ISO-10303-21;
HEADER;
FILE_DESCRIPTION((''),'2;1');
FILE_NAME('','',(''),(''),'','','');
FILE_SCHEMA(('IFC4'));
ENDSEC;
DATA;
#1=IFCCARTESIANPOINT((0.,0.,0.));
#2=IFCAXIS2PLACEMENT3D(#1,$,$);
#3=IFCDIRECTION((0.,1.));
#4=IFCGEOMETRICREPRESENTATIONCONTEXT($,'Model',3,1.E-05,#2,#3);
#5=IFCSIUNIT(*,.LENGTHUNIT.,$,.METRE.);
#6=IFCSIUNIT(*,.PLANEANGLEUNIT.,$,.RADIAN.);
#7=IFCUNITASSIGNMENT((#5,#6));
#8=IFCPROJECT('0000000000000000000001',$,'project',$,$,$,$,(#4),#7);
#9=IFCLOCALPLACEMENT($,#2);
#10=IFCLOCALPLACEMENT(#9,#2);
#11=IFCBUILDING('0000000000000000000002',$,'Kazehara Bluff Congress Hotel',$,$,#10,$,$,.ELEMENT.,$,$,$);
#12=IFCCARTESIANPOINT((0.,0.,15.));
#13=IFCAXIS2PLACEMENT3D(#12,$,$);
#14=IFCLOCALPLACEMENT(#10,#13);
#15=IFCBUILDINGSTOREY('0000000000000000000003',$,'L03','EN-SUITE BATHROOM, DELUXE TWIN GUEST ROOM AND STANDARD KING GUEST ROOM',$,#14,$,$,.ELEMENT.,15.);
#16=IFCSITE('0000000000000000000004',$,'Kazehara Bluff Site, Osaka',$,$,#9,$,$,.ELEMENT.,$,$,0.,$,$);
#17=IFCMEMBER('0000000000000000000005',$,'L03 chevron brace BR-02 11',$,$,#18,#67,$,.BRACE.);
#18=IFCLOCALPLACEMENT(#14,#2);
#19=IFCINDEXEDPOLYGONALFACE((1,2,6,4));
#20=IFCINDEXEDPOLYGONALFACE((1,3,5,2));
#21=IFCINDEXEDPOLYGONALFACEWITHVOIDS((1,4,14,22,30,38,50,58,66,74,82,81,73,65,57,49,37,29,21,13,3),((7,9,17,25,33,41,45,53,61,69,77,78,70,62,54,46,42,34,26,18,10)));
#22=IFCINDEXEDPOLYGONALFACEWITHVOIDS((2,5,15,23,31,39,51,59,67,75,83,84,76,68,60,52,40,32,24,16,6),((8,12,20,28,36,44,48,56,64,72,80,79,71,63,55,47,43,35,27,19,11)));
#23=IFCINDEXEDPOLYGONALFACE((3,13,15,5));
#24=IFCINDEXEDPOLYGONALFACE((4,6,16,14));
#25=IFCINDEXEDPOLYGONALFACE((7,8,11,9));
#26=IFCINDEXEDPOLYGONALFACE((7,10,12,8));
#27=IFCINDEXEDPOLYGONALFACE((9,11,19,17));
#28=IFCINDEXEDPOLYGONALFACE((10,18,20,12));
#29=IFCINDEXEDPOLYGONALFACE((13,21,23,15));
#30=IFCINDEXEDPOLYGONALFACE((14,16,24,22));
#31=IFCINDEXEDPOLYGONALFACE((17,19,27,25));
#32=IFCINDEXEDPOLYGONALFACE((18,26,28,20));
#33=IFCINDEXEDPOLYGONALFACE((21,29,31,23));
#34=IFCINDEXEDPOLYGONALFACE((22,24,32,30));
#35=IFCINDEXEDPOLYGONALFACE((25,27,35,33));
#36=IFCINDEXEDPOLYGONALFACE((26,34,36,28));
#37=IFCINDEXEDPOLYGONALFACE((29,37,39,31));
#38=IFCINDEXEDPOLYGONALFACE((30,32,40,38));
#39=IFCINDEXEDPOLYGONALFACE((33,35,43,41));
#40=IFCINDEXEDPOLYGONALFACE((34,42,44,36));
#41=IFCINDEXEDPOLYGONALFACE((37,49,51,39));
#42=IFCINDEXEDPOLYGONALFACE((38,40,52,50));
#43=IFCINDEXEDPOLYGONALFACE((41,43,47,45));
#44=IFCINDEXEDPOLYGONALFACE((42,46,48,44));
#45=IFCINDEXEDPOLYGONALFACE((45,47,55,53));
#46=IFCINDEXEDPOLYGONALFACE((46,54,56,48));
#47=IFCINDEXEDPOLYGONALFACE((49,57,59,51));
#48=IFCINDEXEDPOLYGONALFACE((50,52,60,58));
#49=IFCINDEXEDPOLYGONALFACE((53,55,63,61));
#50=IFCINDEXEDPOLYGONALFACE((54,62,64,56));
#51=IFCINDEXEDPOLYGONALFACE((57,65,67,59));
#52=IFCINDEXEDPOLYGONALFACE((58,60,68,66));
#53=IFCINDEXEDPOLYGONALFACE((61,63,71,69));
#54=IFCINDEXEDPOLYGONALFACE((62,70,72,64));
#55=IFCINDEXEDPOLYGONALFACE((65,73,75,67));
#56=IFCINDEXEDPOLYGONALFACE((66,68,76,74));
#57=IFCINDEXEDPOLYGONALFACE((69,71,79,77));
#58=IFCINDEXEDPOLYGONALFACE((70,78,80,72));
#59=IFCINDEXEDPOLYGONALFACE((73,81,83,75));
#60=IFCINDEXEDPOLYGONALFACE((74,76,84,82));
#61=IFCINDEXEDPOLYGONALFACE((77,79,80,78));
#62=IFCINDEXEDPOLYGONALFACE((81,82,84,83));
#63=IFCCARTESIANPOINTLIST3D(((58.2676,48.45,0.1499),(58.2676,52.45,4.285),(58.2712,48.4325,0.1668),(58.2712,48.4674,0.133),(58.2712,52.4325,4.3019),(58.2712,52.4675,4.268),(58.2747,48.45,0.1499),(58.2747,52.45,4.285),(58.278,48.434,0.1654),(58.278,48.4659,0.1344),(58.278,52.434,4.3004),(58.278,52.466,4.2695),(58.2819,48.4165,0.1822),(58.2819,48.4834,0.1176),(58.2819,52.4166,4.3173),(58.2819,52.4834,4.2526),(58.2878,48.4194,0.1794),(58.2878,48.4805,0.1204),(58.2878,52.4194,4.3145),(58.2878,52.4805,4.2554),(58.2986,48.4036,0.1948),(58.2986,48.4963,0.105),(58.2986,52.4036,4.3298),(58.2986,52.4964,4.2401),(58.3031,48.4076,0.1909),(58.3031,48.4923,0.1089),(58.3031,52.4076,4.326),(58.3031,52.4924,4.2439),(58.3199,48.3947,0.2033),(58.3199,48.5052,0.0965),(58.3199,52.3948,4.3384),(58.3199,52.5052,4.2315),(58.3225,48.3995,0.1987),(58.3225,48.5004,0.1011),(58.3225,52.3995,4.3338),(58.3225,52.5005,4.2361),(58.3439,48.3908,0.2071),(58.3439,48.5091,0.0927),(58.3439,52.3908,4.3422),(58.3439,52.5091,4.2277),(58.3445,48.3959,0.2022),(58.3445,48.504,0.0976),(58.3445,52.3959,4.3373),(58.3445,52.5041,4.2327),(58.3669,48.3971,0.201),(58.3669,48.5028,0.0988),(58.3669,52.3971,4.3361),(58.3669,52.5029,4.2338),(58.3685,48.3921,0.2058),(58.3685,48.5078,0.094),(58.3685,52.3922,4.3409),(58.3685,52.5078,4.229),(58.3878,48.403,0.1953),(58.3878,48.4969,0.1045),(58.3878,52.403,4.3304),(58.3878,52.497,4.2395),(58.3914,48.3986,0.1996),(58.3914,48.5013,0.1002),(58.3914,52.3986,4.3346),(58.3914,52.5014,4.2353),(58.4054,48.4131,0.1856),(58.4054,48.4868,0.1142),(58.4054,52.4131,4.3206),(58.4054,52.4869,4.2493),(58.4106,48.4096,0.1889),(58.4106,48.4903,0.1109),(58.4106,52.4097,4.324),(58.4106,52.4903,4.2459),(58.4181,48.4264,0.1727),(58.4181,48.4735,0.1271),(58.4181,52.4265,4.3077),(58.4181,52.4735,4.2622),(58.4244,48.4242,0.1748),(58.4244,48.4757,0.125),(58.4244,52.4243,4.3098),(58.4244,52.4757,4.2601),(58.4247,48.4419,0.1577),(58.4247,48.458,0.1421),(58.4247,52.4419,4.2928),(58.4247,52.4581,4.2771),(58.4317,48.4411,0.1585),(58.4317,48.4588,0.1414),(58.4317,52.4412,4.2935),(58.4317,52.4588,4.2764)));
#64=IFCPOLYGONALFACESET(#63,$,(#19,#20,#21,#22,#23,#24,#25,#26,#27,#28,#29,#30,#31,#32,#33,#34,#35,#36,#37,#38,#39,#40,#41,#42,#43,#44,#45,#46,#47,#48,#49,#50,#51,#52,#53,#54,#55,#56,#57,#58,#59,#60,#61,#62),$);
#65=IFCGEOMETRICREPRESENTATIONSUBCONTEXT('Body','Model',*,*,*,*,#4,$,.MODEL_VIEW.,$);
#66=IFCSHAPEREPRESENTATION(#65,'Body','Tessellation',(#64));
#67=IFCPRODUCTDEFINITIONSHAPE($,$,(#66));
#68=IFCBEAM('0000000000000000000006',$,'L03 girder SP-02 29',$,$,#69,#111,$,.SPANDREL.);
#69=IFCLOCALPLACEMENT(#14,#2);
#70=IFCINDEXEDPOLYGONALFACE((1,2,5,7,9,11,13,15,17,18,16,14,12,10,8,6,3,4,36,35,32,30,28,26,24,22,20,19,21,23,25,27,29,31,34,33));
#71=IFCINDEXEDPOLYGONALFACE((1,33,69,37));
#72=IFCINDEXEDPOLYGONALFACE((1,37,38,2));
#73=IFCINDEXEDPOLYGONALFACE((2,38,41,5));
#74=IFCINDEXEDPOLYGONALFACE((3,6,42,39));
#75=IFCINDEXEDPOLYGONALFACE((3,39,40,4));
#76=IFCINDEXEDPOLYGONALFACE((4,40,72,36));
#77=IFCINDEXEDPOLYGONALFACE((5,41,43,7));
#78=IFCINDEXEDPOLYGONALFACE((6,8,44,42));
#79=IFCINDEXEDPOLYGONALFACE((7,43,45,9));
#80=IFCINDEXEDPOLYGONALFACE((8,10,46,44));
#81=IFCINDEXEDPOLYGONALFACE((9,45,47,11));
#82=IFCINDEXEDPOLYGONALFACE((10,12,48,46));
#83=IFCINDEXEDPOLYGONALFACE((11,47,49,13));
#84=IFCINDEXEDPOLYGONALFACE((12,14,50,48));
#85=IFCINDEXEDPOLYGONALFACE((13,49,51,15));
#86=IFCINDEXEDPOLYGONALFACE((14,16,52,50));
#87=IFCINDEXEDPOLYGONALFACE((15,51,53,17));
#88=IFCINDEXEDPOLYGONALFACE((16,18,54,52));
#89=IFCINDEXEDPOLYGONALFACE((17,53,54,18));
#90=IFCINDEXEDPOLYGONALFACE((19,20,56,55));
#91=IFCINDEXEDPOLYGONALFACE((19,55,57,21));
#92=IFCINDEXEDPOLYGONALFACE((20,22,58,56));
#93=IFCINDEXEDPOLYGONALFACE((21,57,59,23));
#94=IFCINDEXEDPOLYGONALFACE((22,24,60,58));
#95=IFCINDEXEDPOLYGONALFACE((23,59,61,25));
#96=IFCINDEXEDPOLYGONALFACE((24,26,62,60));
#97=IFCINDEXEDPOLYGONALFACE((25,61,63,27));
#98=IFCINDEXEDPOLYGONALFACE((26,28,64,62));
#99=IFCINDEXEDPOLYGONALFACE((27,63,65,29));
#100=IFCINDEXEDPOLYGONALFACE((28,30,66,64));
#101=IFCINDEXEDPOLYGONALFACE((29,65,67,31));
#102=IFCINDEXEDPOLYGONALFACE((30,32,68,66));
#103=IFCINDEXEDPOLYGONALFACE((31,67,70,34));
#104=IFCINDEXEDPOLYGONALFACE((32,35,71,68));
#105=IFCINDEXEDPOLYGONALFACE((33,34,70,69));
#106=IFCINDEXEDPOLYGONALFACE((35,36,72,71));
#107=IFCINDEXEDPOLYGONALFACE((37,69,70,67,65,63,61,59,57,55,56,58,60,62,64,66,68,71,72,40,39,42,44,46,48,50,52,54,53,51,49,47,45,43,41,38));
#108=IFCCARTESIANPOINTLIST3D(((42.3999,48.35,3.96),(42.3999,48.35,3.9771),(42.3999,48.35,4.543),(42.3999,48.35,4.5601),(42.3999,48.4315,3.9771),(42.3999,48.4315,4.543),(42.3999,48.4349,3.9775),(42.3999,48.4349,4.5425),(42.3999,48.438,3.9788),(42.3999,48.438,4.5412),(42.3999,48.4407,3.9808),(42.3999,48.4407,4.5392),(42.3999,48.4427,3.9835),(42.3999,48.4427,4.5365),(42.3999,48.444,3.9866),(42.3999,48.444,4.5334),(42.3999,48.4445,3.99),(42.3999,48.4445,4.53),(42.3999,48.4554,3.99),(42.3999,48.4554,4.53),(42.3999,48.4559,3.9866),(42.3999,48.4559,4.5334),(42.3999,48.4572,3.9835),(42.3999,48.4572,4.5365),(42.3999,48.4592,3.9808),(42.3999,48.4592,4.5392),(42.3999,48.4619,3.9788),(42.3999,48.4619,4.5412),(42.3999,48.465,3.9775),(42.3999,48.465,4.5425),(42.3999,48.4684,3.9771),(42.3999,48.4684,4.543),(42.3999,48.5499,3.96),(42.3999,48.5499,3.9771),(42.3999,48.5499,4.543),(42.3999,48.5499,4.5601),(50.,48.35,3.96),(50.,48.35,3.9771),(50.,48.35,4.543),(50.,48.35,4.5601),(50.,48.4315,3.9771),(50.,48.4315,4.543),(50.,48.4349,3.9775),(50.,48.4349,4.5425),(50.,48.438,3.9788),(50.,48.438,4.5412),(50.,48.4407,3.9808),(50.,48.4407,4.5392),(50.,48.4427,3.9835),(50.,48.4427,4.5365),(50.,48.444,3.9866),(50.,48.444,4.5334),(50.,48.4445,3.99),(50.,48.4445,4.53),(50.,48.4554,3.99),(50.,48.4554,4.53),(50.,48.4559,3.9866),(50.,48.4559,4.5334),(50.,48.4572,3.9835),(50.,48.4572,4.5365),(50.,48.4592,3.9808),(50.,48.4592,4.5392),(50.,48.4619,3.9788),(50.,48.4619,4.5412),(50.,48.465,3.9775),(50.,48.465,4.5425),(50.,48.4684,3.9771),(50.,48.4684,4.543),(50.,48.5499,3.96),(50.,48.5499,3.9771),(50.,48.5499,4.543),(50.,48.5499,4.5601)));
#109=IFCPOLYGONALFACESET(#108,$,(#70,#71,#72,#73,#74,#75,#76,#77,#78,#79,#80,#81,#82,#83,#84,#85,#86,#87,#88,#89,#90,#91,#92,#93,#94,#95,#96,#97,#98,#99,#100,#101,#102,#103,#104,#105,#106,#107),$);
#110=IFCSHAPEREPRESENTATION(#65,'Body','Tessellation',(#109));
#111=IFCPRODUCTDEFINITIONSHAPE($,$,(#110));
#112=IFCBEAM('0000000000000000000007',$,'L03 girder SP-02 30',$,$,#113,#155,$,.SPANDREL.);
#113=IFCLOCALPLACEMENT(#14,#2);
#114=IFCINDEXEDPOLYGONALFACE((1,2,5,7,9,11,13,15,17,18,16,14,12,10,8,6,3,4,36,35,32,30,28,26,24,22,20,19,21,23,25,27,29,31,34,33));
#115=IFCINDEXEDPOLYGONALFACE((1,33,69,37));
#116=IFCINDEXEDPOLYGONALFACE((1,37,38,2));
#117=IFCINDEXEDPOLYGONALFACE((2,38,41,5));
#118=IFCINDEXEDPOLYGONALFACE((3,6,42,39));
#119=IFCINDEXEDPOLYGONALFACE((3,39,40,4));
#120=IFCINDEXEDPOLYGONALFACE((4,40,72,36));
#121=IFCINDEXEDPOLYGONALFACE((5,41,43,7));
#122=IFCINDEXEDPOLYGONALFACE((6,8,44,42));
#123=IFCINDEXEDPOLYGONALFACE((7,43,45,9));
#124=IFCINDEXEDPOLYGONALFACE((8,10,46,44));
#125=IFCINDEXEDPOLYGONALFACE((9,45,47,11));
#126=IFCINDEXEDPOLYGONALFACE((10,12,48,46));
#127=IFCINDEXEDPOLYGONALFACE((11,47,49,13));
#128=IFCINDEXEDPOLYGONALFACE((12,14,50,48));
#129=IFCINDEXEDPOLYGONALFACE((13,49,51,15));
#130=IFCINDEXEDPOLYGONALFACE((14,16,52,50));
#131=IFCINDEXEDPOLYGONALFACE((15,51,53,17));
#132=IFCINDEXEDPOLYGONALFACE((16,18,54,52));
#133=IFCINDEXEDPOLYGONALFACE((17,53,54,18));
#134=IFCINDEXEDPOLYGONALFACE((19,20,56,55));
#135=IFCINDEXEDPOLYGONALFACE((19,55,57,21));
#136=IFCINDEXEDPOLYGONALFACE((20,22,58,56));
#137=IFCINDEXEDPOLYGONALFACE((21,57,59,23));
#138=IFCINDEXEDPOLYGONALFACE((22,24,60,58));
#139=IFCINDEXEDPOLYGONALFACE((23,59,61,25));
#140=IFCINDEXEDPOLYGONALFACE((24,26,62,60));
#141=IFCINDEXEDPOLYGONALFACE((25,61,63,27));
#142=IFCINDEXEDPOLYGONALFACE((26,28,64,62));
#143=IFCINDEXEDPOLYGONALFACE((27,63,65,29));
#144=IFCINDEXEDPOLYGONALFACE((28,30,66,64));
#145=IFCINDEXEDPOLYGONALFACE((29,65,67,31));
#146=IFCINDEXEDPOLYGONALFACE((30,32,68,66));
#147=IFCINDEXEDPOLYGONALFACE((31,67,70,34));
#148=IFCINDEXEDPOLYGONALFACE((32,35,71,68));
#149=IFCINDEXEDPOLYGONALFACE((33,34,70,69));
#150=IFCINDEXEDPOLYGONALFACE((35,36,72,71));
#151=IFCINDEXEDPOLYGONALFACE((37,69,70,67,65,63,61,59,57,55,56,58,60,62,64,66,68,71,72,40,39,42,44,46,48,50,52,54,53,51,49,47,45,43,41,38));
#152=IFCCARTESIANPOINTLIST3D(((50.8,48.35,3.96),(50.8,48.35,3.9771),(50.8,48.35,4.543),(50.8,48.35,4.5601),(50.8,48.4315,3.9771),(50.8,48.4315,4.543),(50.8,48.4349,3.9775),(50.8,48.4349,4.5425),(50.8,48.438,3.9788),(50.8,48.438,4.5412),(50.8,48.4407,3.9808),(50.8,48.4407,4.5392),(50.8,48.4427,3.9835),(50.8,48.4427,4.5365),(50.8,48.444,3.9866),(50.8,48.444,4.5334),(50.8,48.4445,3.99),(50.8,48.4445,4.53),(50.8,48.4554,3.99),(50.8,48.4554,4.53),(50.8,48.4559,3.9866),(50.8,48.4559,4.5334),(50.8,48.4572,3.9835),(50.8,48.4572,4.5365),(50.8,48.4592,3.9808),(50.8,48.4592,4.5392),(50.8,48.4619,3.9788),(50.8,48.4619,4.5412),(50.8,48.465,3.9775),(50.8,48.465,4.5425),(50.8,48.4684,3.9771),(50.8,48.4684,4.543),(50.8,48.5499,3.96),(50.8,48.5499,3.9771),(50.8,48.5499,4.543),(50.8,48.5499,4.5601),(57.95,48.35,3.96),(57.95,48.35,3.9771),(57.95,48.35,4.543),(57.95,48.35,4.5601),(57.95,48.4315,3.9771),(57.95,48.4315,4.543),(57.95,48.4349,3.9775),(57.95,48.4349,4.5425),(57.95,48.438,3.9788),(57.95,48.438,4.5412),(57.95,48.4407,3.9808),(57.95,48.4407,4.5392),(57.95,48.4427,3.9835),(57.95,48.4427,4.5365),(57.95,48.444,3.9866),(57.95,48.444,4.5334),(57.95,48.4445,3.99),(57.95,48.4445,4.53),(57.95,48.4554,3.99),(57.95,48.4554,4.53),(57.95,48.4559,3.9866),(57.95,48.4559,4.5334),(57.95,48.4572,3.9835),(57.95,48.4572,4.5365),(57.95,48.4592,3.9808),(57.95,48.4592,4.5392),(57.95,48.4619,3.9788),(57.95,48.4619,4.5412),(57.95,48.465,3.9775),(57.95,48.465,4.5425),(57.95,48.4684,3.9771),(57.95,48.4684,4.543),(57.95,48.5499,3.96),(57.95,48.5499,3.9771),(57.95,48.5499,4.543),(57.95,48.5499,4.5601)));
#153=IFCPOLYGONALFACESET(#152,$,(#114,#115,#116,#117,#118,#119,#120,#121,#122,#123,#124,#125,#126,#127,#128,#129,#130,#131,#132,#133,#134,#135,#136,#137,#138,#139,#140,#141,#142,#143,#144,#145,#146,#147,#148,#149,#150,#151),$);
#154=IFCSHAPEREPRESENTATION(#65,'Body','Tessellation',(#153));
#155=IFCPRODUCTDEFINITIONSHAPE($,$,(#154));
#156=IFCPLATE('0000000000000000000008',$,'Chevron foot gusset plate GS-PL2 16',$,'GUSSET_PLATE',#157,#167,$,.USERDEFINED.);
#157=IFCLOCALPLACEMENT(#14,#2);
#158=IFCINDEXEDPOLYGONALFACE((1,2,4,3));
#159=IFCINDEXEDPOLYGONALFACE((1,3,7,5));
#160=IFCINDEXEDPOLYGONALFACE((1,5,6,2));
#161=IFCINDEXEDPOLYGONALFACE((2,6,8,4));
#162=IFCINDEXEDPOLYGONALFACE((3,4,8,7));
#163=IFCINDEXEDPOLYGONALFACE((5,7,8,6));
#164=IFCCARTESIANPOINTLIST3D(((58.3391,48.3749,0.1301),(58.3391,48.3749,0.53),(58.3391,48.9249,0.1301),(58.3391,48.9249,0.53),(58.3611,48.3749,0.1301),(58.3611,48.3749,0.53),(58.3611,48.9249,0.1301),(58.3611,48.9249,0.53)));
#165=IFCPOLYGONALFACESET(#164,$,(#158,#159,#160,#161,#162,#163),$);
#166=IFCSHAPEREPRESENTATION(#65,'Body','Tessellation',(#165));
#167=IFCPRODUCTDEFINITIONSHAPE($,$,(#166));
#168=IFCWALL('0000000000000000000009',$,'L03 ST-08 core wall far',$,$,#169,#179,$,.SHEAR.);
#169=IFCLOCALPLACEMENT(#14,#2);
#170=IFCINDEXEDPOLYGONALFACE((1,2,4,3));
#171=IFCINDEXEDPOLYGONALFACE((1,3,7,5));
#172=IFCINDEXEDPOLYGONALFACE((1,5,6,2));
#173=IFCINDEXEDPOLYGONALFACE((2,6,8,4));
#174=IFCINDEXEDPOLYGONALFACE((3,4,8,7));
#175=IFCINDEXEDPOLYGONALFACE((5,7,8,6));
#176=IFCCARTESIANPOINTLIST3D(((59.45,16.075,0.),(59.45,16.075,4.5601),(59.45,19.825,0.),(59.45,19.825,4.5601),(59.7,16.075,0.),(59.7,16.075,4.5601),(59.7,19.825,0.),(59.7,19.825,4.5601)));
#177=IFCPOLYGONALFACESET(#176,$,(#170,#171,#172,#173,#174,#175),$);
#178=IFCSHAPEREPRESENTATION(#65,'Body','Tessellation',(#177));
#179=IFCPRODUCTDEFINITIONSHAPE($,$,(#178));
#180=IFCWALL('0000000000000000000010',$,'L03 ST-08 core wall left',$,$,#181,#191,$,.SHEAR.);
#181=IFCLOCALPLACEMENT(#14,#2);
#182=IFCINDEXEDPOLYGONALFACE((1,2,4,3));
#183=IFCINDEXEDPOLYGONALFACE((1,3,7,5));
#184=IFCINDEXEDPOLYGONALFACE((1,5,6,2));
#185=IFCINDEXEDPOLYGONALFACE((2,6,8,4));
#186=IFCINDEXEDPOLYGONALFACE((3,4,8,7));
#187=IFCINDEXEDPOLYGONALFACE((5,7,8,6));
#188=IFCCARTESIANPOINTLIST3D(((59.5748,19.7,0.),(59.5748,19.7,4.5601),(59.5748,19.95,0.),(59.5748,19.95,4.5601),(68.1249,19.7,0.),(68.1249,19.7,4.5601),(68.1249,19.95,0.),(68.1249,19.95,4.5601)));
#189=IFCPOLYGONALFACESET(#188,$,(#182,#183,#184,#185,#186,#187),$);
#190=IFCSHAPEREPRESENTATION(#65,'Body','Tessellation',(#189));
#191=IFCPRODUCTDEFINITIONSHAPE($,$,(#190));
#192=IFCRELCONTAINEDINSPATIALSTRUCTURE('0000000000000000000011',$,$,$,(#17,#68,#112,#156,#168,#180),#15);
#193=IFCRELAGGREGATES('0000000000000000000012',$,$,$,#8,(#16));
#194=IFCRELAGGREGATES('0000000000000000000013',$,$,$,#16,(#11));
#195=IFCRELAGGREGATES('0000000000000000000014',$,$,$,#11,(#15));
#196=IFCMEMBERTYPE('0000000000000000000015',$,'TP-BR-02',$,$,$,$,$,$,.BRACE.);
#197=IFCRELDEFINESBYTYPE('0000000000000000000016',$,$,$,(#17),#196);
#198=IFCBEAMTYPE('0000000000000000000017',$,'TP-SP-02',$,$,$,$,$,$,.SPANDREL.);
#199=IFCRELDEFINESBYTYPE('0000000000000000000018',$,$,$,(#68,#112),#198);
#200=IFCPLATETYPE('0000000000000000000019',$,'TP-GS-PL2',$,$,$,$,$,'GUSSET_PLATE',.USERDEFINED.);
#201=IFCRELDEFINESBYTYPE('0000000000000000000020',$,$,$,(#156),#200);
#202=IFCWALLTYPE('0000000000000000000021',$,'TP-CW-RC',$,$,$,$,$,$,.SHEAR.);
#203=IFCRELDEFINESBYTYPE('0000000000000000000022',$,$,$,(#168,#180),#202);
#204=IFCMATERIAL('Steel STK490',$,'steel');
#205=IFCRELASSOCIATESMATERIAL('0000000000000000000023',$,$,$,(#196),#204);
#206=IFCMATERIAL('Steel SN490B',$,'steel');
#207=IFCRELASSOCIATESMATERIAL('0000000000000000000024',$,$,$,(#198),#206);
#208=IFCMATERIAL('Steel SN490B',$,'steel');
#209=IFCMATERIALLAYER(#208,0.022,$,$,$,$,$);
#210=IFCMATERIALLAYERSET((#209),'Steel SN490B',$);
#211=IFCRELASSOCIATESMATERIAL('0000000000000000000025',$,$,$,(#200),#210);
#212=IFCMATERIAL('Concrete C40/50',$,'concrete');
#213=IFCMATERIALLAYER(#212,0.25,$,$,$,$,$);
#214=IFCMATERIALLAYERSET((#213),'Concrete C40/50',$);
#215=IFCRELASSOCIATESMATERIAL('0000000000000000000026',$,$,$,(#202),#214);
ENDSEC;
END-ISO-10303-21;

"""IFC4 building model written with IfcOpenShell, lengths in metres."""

from ifc_helpers import new_model, si_unit, direction, frame, frame_2d, origin, origin_2d, place, context, subcontext, project, spatial, rectangle, hollow_circle, i_section, extrude, material, layer, layer_set, material_profile, profile_set, type_object, element, save


model = new_model("IFC4")

# Units and contexts
model_context = context("Model", 3, precision=1e-05, world=origin(), true_north=direction((0.0, 1.0)))
body_context = subcontext(model_context, "Body", "Model", "MODEL_VIEW")
ifc_project = project(units=[si_unit("LENGTHUNIT", "METRE"), si_unit("PLANEANGLEUNIT", "RADIAN")], contexts=[model_context])

# Site, building, storey
site_placement = place(None, origin())
site = spatial("IfcSite", under=ifc_project, at=site_placement, Name="Kazehara Bluff Site, Osaka", CompositionType="ELEMENT", RefElevation=0.0)
building_placement = place(site_placement, origin())
building = spatial("IfcBuilding", under=site, at=building_placement, Name="Kazehara Bluff Congress Hotel", CompositionType="ELEMENT")
storey_placement = place(building_placement, frame((0.0, 0.0, 15.0)))
storey = spatial("IfcBuildingStorey", under=building, at=storey_placement, Name="L03", Description="EN-SUITE BATHROOM, DELUXE TWIN GUEST ROOM AND STANDARD KING GUEST ROOM", CompositionType="ELEMENT", Elevation=15.0)

# Member
ifc_material_1 = material(Name="Steel STK490", Category="steel")
ifc_material_profile_1 = material_profile(ifc_material_1, hollow_circle(Radius=0.0825, WallThickness=0.0071, at=origin_2d()))
ifc_profile_set_1 = profile_set([ifc_material_profile_1], Name="Steel STK490")
member_type = type_object("IfcMemberType", Name="TP-BR-02", PredefinedType="BRACE", material=ifc_profile_set_1)
member_placement = place(storey_placement, frame((58.3501, 48.45, 0.1499), z_axis=(0.0, 0.695276, 0.718743), x_axis=(-1.0, 0.0, 0.0)))
element("IfcMember", 1, at=member_placement, inside=storey, type_object=member_type, Name="L03 chevron brace BR-02 11", PredefinedType="BRACE", context=body_context, shape_type="SweptSolid", body=[
    extrude(hollow_circle(Radius=0.0825, WallThickness=0.0071, at=origin_2d()), origin(), (0.0, 0.0, 1.0), 5.7532),
])

# Beams
ifc_material_2 = material(Name="Steel SN490B", Category="steel")
ifc_material_profile_2 = material_profile(ifc_material_2, i_section(OverallWidth=0.2, OverallDepth=0.6001, WebThickness=0.011, FlangeThickness=0.0171, FilletRadius=0.0129, at=origin_2d()))
ifc_profile_set_2 = profile_set([ifc_material_profile_2], Name="Steel SN490B")
beam_type = type_object("IfcBeamType", Name="TP-SP-02", PredefinedType="SPANDREL", material=ifc_profile_set_2)
beam_1_placement = place(storey_placement, frame((42.3999, 48.45, 4.26), z_axis=(1.0, 0.0, 0.0), x_axis=(0.0, 1.0, 0.0)))
element("IfcBeam", 2, at=beam_1_placement, inside=storey, type_object=beam_type, Name="L03 girder SP-02 29", PredefinedType="SPANDREL", context=body_context, shape_type="SweptSolid", body=[
    extrude(i_section(OverallWidth=0.2, OverallDepth=0.6001, WebThickness=0.011, FlangeThickness=0.0171, FilletRadius=0.0129, at=origin_2d()), origin(), (0.0, 0.0, 1.0), 7.6001),
])
beam_2_placement = place(storey_placement, frame((50.8, 48.45, 4.26), z_axis=(1.0, 0.0, 0.0), x_axis=(0.0, 1.0, 0.0)))
element("IfcBeam", 3, at=beam_2_placement, inside=storey, type_object=beam_type, Name="L03 girder SP-02 30", PredefinedType="SPANDREL", context=body_context, shape_type="SweptSolid", body=[
    extrude(i_section(OverallWidth=0.2, OverallDepth=0.6001, WebThickness=0.011, FlangeThickness=0.0171, FilletRadius=0.0129, at=origin_2d()), origin(), (0.0, 0.0, 1.0), 7.1499),
])

# Plate
ifc_material_3 = material(Name="Steel SN490B", Category="steel")
ifc_layer_1 = layer(ifc_material_3, 0.022)
ifc_layer_set_1 = layer_set([ifc_layer_1], Name="Steel SN490B")
plate_type = type_object("IfcPlateType", Name="TP-GS-PL2", ElementType="GUSSET_PLATE", PredefinedType="USERDEFINED", material=ifc_layer_set_1)
plate_placement = place(storey_placement, frame((58.3501, 48.6499, 0.1301), z_axis=(0.0, 0.0, 1.0), x_axis=(1.0, 0.0, 0.0)))
element("IfcPlate", 4, at=plate_placement, inside=storey, type_object=plate_type, Name="Chevron foot gusset plate GS-PL2 16", ObjectType="GUSSET_PLATE", PredefinedType="USERDEFINED", context=body_context, shape_type="SweptSolid", body=[
    extrude(rectangle(XDim=0.022, YDim=0.55, at=origin_2d()), origin(), (0.0, 0.0, 1.0), 0.3999),
])

# Walls
ifc_material_4 = material(Name="Concrete C40/50", Category="concrete")
ifc_layer_2 = layer(ifc_material_4, 0.25)
ifc_layer_set_2 = layer_set([ifc_layer_2], Name="Concrete C40/50")
wall_type_1 = type_object("IfcWallType", Name="TP-CW-RC", PredefinedType="SHEAR", material=ifc_layer_set_2)
wall_1_placement = place(storey_placement, frame((59.575, 16.075, 0.0), z_axis=(0.0, 0.0, 1.0), x_axis=(0.0, 1.0, 0.0)))
element("IfcWall", 5, at=wall_1_placement, inside=storey, type_object=wall_type_1, Name="L03 ST-08 core wall far", PredefinedType="SHEAR", context=body_context, shape_type="SweptSolid", body=[
    extrude(rectangle(XDim=3.75, YDim=0.25, at=frame_2d((1.875, 0.0))), origin(), (0.0, 0.0, 1.0), 4.5601),
])
wall_2_placement = place(storey_placement, frame((59.575, 19.825, 0.0), z_axis=(0.0, 0.0, 1.0), x_axis=(1.0, 0.0, 0.0)))
element("IfcWall", 6, at=wall_2_placement, inside=storey, type_object=wall_type_1, Name="L03 ST-08 core wall left", PredefinedType="SHEAR", context=body_context, shape_type="SweptSolid", body=[
    extrude(rectangle(XDim=8.55, YDim=0.25, at=frame_2d((4.2749, 0.0))), origin(), (0.0, 0.0, 1.0), 4.5601),
])

save(model, "model.ifc")
